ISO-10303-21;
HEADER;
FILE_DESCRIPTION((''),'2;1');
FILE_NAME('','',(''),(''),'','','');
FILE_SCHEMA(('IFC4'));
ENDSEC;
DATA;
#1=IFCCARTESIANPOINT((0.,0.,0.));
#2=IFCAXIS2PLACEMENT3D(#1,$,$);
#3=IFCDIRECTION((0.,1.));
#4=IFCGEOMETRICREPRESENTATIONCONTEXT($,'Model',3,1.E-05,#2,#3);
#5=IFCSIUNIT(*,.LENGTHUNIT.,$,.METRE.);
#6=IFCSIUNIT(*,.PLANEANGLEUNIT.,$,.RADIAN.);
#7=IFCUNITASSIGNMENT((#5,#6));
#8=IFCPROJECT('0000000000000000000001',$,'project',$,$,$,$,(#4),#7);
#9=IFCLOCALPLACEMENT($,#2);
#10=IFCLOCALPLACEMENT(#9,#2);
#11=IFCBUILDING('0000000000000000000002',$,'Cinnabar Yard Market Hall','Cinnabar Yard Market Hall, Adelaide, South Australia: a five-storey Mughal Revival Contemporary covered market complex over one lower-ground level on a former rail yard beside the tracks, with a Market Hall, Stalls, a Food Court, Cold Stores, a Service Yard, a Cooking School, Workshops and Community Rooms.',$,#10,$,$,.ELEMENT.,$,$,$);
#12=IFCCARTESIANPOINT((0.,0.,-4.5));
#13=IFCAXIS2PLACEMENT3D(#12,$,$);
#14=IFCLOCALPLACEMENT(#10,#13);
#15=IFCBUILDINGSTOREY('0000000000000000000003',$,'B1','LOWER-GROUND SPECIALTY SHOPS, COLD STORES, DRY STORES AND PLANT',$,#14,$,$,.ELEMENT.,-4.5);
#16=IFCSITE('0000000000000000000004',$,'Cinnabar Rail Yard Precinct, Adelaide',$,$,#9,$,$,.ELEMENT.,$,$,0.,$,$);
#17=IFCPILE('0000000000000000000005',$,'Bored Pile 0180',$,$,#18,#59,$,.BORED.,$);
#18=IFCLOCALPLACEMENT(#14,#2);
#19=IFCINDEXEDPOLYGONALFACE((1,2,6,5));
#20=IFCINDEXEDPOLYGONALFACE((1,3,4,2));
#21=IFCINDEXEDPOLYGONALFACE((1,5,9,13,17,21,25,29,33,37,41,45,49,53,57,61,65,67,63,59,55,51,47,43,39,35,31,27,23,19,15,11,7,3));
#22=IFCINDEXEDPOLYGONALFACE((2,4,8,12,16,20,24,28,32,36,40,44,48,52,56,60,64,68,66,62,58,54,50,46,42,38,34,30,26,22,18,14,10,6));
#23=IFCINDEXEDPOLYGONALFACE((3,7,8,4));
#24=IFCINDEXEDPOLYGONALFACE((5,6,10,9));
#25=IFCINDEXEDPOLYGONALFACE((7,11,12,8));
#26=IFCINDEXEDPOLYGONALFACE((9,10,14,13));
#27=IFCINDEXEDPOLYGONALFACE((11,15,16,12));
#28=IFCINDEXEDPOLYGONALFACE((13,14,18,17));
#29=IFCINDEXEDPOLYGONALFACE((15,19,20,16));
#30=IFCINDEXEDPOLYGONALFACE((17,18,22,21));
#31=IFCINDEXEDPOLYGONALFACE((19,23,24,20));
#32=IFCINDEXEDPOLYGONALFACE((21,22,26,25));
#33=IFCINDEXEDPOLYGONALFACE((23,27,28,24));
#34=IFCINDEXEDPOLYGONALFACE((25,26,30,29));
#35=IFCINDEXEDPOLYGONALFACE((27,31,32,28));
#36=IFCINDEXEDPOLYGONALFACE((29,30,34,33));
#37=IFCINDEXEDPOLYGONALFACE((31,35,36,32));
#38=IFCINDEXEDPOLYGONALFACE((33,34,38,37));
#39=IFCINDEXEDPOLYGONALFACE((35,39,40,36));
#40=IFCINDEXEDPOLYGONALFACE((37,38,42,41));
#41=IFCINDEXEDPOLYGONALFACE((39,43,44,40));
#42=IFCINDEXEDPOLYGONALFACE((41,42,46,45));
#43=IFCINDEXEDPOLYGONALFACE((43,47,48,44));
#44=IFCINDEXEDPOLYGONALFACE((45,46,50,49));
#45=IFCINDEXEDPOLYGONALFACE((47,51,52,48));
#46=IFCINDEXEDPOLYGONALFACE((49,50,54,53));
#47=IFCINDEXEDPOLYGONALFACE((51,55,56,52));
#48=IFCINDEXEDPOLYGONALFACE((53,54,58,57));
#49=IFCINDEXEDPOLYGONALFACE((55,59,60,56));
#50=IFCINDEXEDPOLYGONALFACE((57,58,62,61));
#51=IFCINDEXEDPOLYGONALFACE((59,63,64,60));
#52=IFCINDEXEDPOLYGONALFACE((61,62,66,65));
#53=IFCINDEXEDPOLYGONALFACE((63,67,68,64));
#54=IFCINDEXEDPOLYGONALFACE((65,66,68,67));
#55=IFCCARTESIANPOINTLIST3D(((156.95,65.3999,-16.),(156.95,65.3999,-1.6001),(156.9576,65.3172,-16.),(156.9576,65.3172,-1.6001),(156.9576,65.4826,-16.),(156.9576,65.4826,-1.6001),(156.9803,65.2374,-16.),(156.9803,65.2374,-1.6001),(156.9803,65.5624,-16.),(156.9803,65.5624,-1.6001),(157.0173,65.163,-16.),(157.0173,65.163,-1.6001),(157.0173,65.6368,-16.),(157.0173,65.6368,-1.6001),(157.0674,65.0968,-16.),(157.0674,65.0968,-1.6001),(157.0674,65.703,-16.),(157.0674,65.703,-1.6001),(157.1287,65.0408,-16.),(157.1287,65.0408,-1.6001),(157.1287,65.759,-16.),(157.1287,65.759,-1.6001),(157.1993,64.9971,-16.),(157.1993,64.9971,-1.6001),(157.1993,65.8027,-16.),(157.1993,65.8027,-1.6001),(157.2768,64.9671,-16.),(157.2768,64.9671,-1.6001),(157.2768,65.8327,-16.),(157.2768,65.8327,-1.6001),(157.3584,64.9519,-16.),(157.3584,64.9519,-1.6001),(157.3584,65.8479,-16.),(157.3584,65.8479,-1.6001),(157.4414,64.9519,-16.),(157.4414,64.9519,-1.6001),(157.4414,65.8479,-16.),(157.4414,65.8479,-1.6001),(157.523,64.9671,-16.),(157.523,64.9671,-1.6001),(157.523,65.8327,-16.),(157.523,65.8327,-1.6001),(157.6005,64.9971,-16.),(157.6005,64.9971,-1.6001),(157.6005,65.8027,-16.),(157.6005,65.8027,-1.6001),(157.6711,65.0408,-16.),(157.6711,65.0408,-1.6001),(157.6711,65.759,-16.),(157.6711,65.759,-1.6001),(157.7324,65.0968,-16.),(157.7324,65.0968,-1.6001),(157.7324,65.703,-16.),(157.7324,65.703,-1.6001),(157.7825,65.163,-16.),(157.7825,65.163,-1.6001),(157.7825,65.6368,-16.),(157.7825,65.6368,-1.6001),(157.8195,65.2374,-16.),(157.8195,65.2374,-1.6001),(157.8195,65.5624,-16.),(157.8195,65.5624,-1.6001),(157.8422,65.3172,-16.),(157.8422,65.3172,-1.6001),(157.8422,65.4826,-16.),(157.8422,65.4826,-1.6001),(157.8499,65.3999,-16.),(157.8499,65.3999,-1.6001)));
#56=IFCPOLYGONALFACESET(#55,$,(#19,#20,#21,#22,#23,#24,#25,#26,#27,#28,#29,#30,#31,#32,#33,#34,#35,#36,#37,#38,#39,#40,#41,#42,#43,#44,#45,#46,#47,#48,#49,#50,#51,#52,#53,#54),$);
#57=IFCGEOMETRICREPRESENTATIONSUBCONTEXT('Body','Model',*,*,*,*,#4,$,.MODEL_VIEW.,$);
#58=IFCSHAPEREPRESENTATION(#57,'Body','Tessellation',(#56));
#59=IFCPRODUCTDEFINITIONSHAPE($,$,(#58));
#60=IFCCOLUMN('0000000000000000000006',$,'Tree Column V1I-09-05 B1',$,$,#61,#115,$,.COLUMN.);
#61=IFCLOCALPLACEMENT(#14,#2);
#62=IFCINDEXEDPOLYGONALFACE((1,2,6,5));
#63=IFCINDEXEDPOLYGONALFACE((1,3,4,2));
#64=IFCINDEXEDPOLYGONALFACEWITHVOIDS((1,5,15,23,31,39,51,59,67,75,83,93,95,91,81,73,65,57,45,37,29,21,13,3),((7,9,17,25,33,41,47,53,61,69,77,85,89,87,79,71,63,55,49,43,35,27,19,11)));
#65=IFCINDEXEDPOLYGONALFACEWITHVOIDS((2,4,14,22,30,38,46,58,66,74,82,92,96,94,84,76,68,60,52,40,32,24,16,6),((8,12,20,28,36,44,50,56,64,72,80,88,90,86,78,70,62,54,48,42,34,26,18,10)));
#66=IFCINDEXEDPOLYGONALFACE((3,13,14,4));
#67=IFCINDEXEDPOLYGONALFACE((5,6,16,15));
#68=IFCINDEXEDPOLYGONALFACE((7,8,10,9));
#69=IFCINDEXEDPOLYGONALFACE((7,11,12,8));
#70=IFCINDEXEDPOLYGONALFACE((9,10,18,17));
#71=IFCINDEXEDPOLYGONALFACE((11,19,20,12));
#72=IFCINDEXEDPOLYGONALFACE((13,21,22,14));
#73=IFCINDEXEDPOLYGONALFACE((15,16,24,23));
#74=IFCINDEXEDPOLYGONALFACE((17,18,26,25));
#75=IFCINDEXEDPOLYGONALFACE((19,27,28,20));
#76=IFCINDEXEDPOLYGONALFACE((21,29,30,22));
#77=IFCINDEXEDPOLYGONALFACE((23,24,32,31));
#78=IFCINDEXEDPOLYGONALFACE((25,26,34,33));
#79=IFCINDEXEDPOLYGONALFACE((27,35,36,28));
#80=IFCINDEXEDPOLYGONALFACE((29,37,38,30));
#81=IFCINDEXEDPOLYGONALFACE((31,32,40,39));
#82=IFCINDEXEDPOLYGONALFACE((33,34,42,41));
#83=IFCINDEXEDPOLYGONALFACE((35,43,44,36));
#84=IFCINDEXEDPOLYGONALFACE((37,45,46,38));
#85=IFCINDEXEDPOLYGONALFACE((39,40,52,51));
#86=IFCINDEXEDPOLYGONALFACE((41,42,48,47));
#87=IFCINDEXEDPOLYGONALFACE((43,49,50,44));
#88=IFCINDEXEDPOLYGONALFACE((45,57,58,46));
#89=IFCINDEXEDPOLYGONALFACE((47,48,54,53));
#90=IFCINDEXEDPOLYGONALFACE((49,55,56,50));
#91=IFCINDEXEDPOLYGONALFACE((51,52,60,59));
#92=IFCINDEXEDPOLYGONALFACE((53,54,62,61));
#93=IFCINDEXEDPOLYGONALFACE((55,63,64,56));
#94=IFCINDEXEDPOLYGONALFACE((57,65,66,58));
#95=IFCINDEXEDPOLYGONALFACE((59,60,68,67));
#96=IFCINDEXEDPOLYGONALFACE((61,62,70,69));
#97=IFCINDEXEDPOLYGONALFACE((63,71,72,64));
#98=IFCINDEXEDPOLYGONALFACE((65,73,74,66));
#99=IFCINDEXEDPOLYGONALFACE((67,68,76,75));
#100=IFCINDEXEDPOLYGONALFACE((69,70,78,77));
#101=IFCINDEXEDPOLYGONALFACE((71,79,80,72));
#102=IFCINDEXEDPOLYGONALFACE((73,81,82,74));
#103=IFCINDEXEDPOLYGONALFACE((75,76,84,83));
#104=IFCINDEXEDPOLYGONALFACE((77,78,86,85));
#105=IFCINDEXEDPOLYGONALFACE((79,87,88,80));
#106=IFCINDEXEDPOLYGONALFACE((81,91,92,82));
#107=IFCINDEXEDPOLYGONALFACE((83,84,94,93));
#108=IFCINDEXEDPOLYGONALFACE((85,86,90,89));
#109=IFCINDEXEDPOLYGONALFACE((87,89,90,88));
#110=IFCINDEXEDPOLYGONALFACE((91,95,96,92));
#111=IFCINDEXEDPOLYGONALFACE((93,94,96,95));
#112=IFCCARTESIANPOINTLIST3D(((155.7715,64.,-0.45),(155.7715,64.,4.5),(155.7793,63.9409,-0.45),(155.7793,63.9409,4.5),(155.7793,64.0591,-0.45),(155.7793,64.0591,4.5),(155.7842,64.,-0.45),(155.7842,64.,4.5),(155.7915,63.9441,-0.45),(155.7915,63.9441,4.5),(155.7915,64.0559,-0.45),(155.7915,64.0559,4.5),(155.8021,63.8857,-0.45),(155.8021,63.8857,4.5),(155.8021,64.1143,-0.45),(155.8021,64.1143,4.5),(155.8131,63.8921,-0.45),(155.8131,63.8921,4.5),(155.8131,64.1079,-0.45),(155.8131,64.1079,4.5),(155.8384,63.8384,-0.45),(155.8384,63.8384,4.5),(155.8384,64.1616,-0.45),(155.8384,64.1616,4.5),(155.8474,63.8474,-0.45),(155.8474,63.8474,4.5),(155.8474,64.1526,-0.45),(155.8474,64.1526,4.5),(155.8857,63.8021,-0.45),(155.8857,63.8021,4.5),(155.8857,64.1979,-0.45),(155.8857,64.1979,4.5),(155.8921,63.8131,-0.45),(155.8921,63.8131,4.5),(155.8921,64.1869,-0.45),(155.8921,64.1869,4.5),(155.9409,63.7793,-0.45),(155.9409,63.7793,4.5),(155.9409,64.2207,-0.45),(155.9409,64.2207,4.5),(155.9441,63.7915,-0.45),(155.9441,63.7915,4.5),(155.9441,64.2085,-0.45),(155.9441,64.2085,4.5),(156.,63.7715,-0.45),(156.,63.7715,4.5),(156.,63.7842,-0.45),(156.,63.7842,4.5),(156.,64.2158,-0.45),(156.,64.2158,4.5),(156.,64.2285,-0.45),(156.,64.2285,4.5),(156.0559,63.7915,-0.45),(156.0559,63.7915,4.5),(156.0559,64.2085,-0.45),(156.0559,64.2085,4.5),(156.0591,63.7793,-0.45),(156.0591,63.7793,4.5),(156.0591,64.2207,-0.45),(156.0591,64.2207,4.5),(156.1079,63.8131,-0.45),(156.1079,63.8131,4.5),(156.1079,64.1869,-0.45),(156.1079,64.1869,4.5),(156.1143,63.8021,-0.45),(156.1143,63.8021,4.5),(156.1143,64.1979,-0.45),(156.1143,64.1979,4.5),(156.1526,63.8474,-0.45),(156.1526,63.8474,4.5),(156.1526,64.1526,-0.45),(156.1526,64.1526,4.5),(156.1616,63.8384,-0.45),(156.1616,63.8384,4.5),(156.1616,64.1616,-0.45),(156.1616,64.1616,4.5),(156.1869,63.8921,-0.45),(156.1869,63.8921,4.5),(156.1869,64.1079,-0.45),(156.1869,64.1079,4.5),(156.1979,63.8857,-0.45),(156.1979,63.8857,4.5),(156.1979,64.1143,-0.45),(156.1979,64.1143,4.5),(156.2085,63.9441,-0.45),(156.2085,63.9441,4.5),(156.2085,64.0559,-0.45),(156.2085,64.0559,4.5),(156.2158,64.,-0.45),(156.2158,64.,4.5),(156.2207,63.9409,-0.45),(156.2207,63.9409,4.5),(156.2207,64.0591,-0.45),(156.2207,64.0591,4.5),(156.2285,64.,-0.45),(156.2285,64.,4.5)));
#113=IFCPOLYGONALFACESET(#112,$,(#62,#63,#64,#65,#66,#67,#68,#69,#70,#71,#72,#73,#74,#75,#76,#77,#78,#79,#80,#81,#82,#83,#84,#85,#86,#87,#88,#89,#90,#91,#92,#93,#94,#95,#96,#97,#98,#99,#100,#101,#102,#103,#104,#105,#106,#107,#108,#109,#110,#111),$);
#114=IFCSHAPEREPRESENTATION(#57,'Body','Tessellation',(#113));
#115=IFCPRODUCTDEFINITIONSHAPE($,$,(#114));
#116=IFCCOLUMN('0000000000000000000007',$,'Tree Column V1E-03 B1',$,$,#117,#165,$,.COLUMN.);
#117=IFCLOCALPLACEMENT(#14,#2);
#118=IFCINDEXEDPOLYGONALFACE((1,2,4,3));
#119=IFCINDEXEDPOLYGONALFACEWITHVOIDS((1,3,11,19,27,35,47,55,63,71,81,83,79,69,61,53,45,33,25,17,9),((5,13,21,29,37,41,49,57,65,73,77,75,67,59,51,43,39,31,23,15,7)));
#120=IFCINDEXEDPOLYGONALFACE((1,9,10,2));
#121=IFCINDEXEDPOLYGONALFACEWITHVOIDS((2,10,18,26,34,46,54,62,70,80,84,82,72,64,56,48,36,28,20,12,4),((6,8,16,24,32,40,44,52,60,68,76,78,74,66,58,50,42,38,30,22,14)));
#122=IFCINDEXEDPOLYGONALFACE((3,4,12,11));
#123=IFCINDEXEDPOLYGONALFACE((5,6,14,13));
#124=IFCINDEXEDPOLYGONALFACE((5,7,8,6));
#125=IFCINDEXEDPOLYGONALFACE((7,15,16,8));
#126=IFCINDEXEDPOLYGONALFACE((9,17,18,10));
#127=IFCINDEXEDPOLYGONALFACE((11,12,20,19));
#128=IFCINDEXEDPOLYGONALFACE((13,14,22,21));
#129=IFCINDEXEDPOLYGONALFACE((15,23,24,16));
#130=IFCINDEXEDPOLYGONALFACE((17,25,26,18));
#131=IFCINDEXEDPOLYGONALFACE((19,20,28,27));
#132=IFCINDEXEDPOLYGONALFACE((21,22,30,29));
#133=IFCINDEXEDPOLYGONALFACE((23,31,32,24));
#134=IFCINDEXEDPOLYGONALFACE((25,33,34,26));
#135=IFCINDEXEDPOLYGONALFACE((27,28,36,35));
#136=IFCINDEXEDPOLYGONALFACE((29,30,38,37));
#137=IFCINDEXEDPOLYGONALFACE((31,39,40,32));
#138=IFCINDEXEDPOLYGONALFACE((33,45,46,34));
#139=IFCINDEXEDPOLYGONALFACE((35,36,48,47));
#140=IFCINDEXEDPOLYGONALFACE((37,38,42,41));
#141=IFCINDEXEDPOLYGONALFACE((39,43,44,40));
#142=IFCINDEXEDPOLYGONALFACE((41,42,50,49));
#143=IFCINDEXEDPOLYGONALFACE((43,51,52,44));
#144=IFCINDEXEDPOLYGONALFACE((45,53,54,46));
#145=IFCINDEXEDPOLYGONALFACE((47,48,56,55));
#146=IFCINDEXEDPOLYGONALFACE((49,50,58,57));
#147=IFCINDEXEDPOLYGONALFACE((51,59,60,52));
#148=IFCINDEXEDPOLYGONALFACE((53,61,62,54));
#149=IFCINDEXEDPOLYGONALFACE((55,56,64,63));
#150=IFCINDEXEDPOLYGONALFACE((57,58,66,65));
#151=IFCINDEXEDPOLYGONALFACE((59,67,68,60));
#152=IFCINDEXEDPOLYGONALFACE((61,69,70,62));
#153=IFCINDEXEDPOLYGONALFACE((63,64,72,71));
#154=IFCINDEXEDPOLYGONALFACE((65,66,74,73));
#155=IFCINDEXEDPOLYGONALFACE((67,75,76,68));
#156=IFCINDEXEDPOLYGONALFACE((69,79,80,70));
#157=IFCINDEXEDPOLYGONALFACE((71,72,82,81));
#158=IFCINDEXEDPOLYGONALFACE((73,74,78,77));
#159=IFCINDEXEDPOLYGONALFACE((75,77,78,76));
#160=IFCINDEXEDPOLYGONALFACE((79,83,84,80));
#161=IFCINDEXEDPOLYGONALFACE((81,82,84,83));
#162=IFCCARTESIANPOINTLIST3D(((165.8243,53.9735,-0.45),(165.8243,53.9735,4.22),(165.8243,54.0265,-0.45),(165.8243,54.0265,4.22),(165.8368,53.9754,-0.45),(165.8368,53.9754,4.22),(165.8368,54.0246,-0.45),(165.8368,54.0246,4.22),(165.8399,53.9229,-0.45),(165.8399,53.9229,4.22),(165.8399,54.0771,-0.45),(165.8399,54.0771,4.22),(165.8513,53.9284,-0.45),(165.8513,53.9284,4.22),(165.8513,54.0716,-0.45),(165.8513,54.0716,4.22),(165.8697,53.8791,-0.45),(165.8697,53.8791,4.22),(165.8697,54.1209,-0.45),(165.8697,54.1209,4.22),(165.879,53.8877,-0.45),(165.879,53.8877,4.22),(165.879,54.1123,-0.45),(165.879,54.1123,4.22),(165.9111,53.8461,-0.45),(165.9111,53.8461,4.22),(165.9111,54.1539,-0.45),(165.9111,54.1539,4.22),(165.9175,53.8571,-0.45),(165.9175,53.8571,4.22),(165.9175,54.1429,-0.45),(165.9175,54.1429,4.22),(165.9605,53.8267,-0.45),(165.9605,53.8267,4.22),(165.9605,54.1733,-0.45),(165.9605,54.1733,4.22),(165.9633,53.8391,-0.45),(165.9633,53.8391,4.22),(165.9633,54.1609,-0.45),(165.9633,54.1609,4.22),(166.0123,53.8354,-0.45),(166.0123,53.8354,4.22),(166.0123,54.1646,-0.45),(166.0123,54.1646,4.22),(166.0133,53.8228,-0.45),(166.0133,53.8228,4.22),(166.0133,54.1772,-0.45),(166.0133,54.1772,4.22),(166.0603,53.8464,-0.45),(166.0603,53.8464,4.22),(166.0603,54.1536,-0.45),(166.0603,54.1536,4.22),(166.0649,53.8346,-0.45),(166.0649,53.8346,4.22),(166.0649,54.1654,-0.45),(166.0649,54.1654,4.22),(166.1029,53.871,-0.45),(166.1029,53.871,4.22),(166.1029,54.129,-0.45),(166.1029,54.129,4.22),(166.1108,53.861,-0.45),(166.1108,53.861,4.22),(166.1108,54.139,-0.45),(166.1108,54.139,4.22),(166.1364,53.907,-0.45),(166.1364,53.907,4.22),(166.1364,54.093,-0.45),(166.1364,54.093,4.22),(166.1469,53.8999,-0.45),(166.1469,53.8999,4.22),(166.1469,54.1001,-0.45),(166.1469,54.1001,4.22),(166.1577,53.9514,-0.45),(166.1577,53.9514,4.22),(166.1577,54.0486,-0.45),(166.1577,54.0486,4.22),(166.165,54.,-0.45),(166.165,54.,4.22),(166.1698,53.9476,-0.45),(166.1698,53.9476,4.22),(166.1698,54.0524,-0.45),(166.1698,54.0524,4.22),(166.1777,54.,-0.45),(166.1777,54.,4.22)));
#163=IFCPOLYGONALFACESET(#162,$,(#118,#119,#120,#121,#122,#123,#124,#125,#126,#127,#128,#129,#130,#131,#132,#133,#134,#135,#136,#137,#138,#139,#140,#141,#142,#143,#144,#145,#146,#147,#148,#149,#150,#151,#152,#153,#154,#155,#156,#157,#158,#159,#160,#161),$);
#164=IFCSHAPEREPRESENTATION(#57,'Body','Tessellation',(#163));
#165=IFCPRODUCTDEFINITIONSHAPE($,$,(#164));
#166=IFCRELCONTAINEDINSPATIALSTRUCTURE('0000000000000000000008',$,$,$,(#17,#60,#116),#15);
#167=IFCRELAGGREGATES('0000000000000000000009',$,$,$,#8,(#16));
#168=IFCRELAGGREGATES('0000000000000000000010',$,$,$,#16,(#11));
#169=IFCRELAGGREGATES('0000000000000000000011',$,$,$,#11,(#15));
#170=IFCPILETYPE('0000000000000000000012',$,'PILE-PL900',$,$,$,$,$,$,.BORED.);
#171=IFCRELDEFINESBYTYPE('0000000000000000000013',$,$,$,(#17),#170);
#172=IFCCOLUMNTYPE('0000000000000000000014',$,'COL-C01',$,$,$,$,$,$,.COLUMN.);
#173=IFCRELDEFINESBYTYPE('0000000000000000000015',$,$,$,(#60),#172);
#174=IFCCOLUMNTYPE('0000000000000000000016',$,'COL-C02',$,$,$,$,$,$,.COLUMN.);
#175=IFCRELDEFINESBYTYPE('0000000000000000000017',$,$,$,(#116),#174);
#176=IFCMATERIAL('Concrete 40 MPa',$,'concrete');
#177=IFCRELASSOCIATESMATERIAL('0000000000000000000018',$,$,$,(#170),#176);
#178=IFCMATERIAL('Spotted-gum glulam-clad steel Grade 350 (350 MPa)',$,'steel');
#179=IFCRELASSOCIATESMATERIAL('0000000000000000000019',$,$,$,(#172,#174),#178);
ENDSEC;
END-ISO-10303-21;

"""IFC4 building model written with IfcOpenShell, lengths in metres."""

from ifc_helpers import new_model, si_unit, direction, frame, origin, origin_2d_with_axis, place, context, subcontext, project, spatial, circle, hollow_circle, extrude, material, material_profile, profile_set, type_object, element, save


model = new_model("IFC4")

# Units and contexts
model_context = context("Model", 3, precision=1e-05, world=origin(), true_north=direction((0.0, 1.0)))
body_context = subcontext(model_context, "Body", "Model", "MODEL_VIEW")
ifc_project = project(units=[si_unit("LENGTHUNIT", "METRE"), si_unit("PLANEANGLEUNIT", "RADIAN")], contexts=[model_context])

# Site, building, storey
site_placement = place(None, origin())
site = spatial("IfcSite", under=ifc_project, at=site_placement, Name="Cinnabar Rail Yard Precinct, Adelaide", CompositionType="ELEMENT", RefElevation=0.0)
building_placement = place(site_placement, origin())
building = spatial("IfcBuilding", under=site, at=building_placement, Name="Cinnabar Yard Market Hall", Description="Cinnabar Yard Market Hall, Adelaide, South Australia: a five-storey Mughal Revival Contemporary covered market complex over one lower-ground level on a former rail yard beside the tracks, with a Market Hall, Stalls, a Food Court, Cold Stores, a Service Yard, a Cooking School, Workshops and Community Rooms.", CompositionType="ELEMENT")
storey_placement = place(building_placement, frame((0.0, 0.0, -4.5)))
storey = spatial("IfcBuildingStorey", under=building, at=storey_placement, Name="B1", Description="LOWER-GROUND SPECIALTY SHOPS, COLD STORES, DRY STORES AND PLANT", CompositionType="ELEMENT", Elevation=-4.5)

# Shared definitions
ifc_material_1 = material(Name="Concrete 40 MPa", Category="concrete")

# Pile
ifc_material_profile_1 = material_profile(ifc_material_1, circle(Radius=0.45, at=origin_2d_with_axis()), Name="PILE-D900")
ifc_profile_set_1 = profile_set([ifc_material_profile_1], Name="Concrete 40 MPa")
pile_type_1 = type_object("IfcPileType", Name="PILE-PL900", PredefinedType="BORED", material=ifc_profile_set_1)
for number, where, z_axis, x_axis, name in (
    (1, (157.3999, 65.3999, -1.6001), (0.0, 0.0, -1.0), (1.0, 0.0, 0.0), "Bored Pile 0180"),
):
    element("IfcPile", number, at=place(storey_placement, frame(where, z_axis=z_axis, x_axis=x_axis)), inside=storey, type_object=pile_type_1, Name=name, PredefinedType="BORED", context=body_context, shape_type="SweptSolid", body=[
        extrude(circle(Radius=0.45, at=origin_2d_with_axis()), origin(), (0.0, 0.0, 1.0), 14.3999),
    ])

# Columns
ifc_material_2 = material(Name="Spotted-gum glulam-clad steel Grade 350 (350 MPa)", Category="steel")
ifc_material_profile_2 = material_profile(ifc_material_2, hollow_circle(Radius=0.2285, WallThickness=0.0127, at=origin_2d_with_axis()), Name="457.0x12.7CHS")
ifc_profile_set_2 = profile_set([ifc_material_profile_2], Name="Spotted-gum glulam-clad steel Grade 350 (350 MPa)")
column_type_1 = type_object("IfcColumnType", Name="COL-C01", PredefinedType="COLUMN", material=ifc_profile_set_2)
column_1_placement = place(storey_placement, frame((156.0, 64.0, -0.45), z_axis=(0.0, 0.0, 1.0), x_axis=(1.0, 0.0, 0.0)))
element("IfcColumn", 2, at=column_1_placement, inside=storey, type_object=column_type_1, Name="Tree Column V1I-09-05 B1", PredefinedType="COLUMN", context=body_context, shape_type="SweptSolid", body=[
    extrude(hollow_circle(Radius=0.2285, WallThickness=0.0127, at=origin_2d_with_axis()), origin(), (0.0, 0.0, 1.0), 4.95),
])
ifc_material_profile_3 = material_profile(ifc_material_2, hollow_circle(Radius=0.1777, WallThickness=0.0127, at=origin_2d_with_axis()), Name="355.6x12.7CHS")
ifc_profile_set_3 = profile_set([ifc_material_profile_3], Name="Spotted-gum glulam-clad steel Grade 350 (350 MPa)")
column_type_2 = type_object("IfcColumnType", Name="COL-C02", PredefinedType="COLUMN", material=ifc_profile_set_3)
column_2_placement = place(storey_placement, frame((166.0, 54.0, -0.45), z_axis=(0.0, 0.0, 1.0), x_axis=(1.0, 0.0, 0.0)))
element("IfcColumn", 3, at=column_2_placement, inside=storey, type_object=column_type_2, Name="Tree Column V1E-03 B1", PredefinedType="COLUMN", context=body_context, shape_type="SweptSolid", body=[
    extrude(hollow_circle(Radius=0.1777, WallThickness=0.0127, at=origin_2d_with_axis()), origin(), (0.0, 0.0, 1.0), 4.6699),
])

save(model, "model.ifc")
